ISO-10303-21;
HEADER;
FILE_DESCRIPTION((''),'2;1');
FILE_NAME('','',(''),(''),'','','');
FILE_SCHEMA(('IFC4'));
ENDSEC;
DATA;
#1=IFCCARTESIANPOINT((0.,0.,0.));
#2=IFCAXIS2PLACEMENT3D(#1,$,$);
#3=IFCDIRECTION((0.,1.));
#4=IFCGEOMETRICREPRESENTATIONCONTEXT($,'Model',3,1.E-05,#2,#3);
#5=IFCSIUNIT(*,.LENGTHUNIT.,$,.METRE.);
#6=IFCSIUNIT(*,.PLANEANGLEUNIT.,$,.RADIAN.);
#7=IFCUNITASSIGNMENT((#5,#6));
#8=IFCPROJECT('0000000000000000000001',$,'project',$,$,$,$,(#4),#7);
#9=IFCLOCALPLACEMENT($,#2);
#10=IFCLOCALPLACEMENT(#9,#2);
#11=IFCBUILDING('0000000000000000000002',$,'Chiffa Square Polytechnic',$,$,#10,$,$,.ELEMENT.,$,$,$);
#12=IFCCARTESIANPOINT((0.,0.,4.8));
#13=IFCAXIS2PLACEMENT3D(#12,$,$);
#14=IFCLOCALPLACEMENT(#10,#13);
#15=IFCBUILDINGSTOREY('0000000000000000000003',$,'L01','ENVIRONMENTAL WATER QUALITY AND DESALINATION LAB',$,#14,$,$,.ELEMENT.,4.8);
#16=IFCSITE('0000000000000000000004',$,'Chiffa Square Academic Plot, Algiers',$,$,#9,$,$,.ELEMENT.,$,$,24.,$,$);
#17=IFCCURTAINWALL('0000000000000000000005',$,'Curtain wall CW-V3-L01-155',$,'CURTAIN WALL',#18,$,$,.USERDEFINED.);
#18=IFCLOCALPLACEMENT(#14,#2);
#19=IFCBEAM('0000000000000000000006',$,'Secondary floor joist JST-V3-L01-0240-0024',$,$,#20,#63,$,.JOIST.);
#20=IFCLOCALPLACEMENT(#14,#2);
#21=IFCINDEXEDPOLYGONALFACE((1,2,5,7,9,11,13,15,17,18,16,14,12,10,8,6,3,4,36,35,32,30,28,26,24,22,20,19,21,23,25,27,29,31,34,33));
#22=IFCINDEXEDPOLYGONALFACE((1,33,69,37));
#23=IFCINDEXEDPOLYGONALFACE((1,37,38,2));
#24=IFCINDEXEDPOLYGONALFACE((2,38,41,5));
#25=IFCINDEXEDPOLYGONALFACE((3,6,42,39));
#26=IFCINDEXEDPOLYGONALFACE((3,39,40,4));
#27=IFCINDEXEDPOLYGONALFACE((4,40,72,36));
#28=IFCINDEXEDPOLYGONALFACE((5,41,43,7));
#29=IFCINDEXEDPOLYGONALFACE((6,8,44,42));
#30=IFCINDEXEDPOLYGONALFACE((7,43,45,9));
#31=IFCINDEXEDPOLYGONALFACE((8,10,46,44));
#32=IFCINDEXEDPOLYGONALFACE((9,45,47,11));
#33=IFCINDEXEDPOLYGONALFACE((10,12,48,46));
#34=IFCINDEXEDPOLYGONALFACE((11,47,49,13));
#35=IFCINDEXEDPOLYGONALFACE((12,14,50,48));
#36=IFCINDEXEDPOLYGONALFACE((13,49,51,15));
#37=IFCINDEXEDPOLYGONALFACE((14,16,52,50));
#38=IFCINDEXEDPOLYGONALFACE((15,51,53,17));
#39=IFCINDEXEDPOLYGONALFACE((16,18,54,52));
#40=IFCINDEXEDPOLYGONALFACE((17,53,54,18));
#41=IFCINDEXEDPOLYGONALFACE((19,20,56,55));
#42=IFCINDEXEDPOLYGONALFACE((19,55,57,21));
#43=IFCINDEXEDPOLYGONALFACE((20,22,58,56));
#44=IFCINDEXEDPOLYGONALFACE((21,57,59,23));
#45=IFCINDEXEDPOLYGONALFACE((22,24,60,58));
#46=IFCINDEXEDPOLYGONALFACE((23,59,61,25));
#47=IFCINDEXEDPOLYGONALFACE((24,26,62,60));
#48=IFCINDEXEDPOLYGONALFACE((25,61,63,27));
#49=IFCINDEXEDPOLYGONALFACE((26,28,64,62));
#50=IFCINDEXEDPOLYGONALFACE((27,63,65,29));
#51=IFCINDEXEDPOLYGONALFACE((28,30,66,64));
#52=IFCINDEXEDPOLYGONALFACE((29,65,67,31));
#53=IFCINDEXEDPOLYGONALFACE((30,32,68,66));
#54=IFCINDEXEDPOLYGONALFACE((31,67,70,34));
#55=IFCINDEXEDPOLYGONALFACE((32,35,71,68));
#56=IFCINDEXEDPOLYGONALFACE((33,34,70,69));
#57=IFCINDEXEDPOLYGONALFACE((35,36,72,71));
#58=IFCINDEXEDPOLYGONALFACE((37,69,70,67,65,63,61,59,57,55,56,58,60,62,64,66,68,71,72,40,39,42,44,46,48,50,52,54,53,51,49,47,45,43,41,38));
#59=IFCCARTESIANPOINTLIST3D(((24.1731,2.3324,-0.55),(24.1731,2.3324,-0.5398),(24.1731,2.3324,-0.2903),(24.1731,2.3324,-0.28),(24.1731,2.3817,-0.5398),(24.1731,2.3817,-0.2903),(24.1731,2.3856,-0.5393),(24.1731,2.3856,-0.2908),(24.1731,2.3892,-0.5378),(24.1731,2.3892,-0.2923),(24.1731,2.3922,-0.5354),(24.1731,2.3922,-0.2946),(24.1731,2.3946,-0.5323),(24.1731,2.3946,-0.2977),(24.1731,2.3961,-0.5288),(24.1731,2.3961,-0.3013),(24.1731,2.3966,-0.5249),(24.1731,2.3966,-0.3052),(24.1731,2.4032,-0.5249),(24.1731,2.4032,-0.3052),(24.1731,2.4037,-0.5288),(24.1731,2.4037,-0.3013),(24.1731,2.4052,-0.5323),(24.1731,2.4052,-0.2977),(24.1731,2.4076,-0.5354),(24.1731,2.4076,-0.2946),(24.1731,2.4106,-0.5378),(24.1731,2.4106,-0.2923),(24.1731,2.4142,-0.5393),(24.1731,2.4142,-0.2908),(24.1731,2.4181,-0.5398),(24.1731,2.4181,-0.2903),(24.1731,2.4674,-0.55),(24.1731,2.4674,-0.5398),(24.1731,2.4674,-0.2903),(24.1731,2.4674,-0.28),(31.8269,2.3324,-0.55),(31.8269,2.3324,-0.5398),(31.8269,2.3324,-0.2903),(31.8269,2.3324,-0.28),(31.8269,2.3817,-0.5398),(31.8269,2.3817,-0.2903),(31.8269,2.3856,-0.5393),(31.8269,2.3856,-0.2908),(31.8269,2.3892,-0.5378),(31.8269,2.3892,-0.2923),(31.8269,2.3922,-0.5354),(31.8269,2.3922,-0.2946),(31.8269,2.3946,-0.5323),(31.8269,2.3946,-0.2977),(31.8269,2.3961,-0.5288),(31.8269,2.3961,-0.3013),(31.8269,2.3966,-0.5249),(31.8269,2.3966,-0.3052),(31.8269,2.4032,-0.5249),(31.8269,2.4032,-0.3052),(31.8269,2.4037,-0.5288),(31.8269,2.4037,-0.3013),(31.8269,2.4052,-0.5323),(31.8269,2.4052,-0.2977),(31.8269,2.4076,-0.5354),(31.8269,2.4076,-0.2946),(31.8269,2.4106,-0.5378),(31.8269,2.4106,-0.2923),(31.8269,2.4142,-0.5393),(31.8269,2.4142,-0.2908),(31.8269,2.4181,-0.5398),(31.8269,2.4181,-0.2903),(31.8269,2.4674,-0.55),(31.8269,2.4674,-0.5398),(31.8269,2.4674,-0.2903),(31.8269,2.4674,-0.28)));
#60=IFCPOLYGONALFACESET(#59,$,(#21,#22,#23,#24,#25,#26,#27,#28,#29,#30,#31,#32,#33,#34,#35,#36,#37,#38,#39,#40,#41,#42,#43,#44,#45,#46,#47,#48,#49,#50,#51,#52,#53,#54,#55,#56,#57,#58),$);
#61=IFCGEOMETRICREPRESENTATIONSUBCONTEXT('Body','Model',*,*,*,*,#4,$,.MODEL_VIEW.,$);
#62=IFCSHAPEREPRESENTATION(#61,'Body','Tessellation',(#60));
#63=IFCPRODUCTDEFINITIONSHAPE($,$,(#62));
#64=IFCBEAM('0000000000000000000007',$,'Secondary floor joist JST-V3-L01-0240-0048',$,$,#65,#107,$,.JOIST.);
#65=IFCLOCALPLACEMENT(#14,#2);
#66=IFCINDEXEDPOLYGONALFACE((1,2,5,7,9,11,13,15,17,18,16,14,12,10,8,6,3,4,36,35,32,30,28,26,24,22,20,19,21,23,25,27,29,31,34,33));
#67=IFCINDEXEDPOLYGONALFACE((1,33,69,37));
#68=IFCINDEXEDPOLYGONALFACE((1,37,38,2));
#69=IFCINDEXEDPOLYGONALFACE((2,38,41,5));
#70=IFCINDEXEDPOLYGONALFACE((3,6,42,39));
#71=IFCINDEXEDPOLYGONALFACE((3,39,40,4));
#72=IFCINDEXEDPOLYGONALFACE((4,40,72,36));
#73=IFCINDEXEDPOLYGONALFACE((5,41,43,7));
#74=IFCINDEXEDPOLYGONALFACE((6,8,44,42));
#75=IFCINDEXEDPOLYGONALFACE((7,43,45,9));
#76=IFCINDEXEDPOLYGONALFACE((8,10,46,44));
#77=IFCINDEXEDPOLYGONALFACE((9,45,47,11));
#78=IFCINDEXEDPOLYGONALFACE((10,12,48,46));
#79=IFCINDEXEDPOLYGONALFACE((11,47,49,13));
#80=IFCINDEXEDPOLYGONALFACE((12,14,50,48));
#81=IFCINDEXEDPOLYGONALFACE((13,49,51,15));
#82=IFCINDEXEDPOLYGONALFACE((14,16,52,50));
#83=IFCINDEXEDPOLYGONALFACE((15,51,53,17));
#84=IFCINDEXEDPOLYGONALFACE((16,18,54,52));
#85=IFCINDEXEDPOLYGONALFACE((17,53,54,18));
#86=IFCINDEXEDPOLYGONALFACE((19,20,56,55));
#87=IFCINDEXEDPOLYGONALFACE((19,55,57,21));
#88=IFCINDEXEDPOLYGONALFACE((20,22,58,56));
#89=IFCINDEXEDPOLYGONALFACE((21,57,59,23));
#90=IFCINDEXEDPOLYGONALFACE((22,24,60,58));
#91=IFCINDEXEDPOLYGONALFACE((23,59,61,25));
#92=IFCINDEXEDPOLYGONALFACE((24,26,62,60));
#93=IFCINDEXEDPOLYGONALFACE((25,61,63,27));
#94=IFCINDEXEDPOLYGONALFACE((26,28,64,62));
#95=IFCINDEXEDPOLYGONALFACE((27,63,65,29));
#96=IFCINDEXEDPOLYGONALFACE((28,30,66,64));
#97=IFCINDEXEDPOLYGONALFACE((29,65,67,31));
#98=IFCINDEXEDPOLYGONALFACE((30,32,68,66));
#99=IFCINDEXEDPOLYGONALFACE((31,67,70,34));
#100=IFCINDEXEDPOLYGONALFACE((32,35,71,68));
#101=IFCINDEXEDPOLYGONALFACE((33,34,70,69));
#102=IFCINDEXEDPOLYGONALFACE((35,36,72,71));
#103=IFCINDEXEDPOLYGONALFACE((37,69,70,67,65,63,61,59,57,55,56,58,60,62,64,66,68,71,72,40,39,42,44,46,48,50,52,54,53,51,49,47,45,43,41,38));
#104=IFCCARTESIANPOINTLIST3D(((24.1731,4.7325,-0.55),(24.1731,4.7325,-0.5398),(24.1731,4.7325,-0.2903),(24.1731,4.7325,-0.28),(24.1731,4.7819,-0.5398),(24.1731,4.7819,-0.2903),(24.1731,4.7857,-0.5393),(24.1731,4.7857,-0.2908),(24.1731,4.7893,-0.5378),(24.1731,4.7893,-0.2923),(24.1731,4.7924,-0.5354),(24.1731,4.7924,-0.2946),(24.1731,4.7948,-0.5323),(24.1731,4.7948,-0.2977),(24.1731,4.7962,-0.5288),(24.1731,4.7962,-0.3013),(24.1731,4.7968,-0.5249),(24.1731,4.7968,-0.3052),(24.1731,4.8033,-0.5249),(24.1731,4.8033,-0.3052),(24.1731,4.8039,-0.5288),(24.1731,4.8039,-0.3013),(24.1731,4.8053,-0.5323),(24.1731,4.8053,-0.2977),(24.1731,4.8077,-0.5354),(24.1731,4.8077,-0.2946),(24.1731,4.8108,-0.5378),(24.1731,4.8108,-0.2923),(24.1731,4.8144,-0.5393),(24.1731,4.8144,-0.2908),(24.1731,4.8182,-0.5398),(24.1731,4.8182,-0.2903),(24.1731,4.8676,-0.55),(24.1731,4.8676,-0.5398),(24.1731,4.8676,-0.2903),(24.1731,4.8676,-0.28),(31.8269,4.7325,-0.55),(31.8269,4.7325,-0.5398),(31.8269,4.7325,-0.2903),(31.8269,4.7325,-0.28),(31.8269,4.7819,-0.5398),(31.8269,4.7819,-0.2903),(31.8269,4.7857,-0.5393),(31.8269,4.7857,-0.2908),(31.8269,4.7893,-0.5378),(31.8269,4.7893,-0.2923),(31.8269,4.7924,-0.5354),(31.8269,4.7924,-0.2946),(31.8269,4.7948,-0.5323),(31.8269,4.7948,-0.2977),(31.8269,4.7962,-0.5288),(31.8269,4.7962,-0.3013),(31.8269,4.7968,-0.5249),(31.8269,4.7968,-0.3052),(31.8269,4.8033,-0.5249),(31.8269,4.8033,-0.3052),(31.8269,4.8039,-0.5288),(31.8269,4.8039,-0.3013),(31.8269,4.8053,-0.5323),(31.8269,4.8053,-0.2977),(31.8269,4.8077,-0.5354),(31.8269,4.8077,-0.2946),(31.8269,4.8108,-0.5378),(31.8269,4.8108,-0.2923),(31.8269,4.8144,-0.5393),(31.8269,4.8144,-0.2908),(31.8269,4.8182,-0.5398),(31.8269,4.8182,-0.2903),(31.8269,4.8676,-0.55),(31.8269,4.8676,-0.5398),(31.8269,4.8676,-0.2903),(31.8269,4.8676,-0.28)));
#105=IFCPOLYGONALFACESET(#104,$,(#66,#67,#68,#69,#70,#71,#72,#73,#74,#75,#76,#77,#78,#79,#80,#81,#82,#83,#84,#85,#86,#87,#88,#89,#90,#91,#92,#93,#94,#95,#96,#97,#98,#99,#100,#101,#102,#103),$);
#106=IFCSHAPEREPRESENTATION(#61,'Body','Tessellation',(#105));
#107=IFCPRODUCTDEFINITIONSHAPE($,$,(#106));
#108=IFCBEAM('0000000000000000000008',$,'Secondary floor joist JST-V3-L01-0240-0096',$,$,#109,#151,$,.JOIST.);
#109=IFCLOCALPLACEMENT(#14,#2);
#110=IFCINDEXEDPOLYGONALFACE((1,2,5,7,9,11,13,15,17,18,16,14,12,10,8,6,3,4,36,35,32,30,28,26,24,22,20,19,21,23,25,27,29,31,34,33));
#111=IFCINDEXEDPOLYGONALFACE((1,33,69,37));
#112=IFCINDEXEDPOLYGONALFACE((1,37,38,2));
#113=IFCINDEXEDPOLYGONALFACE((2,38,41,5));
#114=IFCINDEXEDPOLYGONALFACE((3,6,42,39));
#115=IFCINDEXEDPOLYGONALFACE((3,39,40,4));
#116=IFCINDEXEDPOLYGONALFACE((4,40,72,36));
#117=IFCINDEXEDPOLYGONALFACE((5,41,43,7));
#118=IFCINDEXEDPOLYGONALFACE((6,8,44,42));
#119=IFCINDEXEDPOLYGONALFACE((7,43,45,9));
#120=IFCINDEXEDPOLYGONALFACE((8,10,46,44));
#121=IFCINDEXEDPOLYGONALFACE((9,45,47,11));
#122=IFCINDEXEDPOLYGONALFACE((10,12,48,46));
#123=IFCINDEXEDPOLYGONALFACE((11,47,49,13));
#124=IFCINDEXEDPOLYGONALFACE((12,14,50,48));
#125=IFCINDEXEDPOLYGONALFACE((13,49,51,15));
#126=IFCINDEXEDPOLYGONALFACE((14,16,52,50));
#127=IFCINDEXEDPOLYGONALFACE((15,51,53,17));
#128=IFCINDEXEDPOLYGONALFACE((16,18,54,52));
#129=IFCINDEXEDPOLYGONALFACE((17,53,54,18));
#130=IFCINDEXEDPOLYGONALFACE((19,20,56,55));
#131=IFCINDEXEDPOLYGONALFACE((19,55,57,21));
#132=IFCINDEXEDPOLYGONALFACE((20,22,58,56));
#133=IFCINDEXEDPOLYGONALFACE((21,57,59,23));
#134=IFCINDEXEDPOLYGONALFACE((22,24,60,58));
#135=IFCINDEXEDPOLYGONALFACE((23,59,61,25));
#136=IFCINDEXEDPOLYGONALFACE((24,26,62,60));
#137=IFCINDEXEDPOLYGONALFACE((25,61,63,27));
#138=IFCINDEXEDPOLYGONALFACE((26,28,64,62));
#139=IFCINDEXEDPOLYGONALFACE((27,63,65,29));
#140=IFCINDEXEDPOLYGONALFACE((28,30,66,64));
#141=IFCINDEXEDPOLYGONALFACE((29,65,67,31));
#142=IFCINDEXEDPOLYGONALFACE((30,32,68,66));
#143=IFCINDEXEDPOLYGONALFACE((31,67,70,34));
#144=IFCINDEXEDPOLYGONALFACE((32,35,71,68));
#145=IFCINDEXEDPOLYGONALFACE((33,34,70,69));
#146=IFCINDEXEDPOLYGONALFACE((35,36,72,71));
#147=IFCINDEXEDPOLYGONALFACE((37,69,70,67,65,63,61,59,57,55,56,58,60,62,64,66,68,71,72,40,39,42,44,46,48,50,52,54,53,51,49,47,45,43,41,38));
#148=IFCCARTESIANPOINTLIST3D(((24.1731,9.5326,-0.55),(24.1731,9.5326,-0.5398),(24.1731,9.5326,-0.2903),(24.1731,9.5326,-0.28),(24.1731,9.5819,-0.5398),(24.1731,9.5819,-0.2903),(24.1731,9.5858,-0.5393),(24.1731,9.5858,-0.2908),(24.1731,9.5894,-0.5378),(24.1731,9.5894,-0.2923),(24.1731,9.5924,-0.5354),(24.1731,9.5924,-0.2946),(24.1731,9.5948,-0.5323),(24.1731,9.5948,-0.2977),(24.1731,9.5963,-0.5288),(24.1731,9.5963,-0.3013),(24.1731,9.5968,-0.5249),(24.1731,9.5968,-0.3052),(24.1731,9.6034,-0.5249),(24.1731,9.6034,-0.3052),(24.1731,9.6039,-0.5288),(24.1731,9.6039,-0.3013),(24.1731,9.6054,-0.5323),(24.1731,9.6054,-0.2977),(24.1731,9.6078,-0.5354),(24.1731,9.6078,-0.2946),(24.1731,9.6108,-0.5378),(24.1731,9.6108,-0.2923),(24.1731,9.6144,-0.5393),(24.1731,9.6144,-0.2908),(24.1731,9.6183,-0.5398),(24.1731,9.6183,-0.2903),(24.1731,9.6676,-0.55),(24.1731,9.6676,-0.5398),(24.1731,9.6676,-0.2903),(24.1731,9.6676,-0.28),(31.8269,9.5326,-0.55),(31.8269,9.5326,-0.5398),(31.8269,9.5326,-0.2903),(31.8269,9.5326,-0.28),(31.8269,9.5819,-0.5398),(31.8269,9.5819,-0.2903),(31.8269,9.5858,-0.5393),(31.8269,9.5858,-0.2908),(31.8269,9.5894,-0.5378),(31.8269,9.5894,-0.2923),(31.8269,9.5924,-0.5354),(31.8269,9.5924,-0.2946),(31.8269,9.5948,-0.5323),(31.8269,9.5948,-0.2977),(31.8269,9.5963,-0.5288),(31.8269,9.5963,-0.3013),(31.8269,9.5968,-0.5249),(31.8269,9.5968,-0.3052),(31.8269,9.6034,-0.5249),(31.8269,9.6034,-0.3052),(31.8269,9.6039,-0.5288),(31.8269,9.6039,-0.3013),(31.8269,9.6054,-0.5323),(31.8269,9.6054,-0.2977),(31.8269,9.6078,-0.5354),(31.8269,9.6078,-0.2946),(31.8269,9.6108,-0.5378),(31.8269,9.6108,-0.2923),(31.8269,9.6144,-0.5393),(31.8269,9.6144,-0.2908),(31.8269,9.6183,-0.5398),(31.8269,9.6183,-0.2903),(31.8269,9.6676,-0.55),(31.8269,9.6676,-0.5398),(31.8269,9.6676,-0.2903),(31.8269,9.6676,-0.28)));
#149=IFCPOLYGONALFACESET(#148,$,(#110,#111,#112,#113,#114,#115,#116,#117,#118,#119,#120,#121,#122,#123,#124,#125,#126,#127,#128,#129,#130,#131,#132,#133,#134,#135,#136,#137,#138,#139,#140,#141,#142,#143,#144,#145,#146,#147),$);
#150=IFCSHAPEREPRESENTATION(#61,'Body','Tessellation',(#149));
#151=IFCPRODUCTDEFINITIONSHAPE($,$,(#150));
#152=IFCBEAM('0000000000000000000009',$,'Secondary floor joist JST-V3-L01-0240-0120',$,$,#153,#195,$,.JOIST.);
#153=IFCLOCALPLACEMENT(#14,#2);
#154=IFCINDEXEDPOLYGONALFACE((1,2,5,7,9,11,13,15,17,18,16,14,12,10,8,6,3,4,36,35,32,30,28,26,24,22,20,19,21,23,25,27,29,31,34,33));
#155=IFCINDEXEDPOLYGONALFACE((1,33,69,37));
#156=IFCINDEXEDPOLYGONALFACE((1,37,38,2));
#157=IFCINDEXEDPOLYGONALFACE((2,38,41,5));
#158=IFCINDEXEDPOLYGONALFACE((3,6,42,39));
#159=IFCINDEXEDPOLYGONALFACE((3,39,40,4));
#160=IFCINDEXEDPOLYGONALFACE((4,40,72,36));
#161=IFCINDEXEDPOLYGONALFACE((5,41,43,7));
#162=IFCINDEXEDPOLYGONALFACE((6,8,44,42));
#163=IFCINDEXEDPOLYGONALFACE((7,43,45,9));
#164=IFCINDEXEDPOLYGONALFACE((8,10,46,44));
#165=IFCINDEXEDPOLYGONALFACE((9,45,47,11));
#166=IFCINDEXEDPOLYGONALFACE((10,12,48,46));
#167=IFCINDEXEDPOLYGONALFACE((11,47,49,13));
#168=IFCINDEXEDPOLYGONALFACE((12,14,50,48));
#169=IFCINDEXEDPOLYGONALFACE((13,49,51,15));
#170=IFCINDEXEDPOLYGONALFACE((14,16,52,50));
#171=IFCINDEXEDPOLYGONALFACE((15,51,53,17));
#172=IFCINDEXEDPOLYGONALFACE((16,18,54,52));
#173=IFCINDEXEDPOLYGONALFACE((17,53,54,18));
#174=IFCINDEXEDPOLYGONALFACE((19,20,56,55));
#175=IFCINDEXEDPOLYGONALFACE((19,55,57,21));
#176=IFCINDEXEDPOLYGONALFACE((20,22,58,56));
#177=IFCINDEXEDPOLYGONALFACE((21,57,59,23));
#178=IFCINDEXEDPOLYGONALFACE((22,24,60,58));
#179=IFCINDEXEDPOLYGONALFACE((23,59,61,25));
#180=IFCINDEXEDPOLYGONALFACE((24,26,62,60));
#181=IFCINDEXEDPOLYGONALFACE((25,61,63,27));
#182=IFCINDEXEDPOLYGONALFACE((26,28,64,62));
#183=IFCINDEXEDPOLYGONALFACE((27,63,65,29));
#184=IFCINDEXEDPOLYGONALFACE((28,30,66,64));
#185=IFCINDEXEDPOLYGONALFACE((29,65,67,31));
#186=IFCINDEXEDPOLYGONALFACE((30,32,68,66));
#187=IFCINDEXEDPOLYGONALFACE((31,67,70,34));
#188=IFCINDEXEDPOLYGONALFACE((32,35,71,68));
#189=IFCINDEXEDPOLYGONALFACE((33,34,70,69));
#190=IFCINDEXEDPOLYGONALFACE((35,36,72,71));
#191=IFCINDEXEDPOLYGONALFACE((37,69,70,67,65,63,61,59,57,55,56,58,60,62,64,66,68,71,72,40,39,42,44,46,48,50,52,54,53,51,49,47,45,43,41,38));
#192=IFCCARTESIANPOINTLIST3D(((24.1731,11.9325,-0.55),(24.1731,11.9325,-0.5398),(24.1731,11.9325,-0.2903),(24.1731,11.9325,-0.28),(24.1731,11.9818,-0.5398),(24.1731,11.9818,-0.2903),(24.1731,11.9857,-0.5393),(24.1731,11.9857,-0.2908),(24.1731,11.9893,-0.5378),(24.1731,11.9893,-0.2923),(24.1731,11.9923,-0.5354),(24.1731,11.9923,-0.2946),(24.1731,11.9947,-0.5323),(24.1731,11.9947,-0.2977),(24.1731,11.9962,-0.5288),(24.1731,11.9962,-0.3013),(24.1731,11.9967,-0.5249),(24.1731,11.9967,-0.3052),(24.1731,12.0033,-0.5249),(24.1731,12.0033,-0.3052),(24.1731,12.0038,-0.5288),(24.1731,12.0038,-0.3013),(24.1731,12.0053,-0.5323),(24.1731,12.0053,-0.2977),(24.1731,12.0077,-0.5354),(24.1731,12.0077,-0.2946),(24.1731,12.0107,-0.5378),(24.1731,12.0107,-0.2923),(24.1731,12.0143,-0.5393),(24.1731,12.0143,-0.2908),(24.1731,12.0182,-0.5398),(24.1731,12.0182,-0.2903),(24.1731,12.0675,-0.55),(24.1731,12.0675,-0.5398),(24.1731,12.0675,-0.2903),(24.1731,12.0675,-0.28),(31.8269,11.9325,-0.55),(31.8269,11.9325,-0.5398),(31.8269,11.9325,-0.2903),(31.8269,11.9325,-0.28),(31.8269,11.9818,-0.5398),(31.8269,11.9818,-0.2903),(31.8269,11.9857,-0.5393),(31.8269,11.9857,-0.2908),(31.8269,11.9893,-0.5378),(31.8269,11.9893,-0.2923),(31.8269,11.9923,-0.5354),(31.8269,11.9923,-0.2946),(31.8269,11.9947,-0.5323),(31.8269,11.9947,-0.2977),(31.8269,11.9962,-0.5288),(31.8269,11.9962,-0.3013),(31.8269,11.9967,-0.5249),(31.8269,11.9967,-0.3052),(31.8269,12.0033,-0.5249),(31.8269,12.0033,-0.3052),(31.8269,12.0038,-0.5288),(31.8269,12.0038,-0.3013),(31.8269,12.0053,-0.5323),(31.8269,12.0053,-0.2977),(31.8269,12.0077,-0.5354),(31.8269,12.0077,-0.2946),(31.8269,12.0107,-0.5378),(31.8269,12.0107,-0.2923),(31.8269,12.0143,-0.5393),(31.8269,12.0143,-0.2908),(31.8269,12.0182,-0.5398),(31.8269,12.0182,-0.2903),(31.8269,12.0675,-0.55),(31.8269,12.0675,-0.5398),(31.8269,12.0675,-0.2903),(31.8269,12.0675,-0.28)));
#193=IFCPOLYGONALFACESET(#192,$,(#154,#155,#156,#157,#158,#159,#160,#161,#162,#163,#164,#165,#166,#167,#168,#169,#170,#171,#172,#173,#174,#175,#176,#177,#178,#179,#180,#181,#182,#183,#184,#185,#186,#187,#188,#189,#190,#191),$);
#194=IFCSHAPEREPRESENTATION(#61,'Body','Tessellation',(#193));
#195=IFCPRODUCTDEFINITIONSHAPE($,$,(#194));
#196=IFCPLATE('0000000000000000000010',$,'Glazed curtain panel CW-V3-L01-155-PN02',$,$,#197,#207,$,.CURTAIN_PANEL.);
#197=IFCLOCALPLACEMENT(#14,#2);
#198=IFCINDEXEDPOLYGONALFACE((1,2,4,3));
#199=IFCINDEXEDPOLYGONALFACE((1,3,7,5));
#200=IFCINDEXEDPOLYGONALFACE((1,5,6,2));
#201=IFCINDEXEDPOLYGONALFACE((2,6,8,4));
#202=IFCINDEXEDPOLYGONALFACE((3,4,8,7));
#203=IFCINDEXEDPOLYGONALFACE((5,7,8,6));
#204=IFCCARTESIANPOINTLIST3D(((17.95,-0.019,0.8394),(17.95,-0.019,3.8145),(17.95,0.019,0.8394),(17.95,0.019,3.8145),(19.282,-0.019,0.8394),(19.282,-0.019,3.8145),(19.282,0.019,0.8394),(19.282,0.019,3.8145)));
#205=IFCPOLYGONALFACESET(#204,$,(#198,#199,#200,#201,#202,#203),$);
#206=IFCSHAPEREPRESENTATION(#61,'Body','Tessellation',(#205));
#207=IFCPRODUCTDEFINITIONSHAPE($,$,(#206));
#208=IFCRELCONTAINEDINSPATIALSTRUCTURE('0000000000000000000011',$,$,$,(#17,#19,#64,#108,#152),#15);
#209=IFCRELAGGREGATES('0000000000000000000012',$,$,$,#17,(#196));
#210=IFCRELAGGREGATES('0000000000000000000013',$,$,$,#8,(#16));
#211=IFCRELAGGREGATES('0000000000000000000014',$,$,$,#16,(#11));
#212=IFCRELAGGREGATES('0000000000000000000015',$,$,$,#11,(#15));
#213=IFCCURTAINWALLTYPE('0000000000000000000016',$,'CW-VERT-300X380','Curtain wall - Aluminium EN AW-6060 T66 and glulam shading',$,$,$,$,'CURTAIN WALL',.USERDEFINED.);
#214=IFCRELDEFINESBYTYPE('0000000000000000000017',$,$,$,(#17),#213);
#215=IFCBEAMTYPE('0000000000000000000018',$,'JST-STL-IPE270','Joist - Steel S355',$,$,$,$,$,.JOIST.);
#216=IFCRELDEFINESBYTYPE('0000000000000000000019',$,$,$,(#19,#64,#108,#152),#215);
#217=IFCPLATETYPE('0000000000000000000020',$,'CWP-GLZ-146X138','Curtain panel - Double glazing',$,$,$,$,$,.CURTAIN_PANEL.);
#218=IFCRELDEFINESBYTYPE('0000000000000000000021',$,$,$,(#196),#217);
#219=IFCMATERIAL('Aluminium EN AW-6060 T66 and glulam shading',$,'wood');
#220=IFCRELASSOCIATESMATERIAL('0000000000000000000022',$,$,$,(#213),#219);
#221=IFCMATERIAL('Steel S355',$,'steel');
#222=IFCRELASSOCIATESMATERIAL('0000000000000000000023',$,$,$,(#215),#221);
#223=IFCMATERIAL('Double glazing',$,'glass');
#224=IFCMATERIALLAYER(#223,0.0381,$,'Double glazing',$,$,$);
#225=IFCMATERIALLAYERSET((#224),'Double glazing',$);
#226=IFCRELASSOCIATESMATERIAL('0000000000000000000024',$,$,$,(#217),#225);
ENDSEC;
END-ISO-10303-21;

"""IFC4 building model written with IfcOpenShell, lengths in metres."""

from ifc_helpers import new_model, si_unit, direction, frame, origin, origin_2d, place, context, subcontext, project, spatial, rectangle, i_section, extrude, material, layer, layer_set, material_profile, profile_set, type_object, element, aggregate, save


model = new_model("IFC4")

# Units and contexts
model_context = context("Model", 3, precision=1e-05, world=origin(), true_north=direction((0.0, 1.0)))
body_context = subcontext(model_context, "Body", "Model", "MODEL_VIEW")
ifc_project = project(units=[si_unit("LENGTHUNIT", "METRE"), si_unit("PLANEANGLEUNIT", "RADIAN")], contexts=[model_context])

# Site, building, storey
site_placement = place(None, origin())
site = spatial("IfcSite", under=ifc_project, at=site_placement, Name="Chiffa Square Academic Plot, Algiers", CompositionType="ELEMENT", RefElevation=24.0)
building_placement = place(site_placement, origin())
building = spatial("IfcBuilding", under=site, at=building_placement, Name="Chiffa Square Polytechnic", CompositionType="ELEMENT")
storey_placement = place(building_placement, frame((0.0, 0.0, 4.8)))
storey = spatial("IfcBuildingStorey", under=building, at=storey_placement, Name="L01", Description="ENVIRONMENTAL WATER QUALITY AND DESALINATION LAB", CompositionType="ELEMENT", Elevation=4.8)

# Curtain wall
ifc_material_1 = material(Name="Aluminium EN AW-6060 T66 and glulam shading", Category="wood")
curtain_wall_type = type_object("IfcCurtainWallType", Name="CW-VERT-300X380", Description="Curtain wall - Aluminium EN AW-6060 T66 and glulam shading", ElementType="CURTAIN WALL", PredefinedType="USERDEFINED", material=ifc_material_1)
curtain_wall_placement = place(storey_placement, origin())
curtain_wall = element("IfcCurtainWall", 1, at=curtain_wall_placement, inside=storey, type_object=curtain_wall_type, Name="Curtain wall CW-V3-L01-155", ObjectType="CURTAIN WALL", PredefinedType="USERDEFINED")

# Beams
ifc_material_2 = material(Name="Steel S355", Category="steel")
ifc_material_profile_1 = material_profile(ifc_material_2, i_section(OverallWidth=0.135, OverallDepth=0.27, WebThickness=0.0066, FlangeThickness=0.0103, FilletRadius=0.0149, at=origin_2d()), Name="IPE 270")
ifc_profile_set_1 = profile_set([ifc_material_profile_1], Name="Steel S355")
beam_type_1 = type_object("IfcBeamType", Name="JST-STL-IPE270", Description="Joist - Steel S355", PredefinedType="JOIST", material=ifc_profile_set_1)
for number, where, z_axis, x_axis, name in (
    (2, (24.1731, 2.3999, -0.415), (1.0, 0.0, 0.0), (0.0, 1.0, 0.0), "Secondary floor joist JST-V3-L01-0240-0024"),
    (3, (24.1731, 4.8, -0.415), (1.0, 0.0, 0.0), (0.0, 1.0, 0.0), "Secondary floor joist JST-V3-L01-0240-0048"),
    (4, (24.1731, 9.6001, -0.415), (1.0, 0.0, 0.0), (0.0, 1.0, 0.0), "Secondary floor joist JST-V3-L01-0240-0096"),
    (5, (24.1731, 12.0, -0.415), (1.0, 0.0, 0.0), (0.0, 1.0, 0.0), "Secondary floor joist JST-V3-L01-0240-0120"),
):
    element("IfcBeam", number, at=place(storey_placement, frame(where, z_axis=z_axis, x_axis=x_axis)), inside=storey, type_object=beam_type_1, Name=name, PredefinedType="JOIST", context=body_context, shape_type="SweptSolid", body=[
        extrude(i_section(OverallWidth=0.135, OverallDepth=0.27, WebThickness=0.0066, FlangeThickness=0.0103, FilletRadius=0.0149, at=origin_2d()), origin(), (0.0, 0.0, 1.0), 7.6538),
    ])

# Plate
ifc_material_3 = material(Name="Double glazing", Category="glass")
ifc_layer_1 = layer(ifc_material_3, 0.0381, Name="Double glazing")
ifc_layer_set_1 = layer_set([ifc_layer_1], Name="Double glazing")
plate_type_1 = type_object("IfcPlateType", Name="CWP-GLZ-146X138", Description="Curtain panel - Double glazing", PredefinedType="CURTAIN_PANEL", material=ifc_layer_set_1)
plate_1_placement = place(storey_placement, frame((18.616, 0.0, 0.8394), z_axis=(0.0, 0.0, 1.0), x_axis=(1.0, 0.0, 0.0)))
plate_1 = element("IfcPlate", 6, at=plate_1_placement, type_object=plate_type_1, Name="Glazed curtain panel CW-V3-L01-155-PN02", PredefinedType="CURTAIN_PANEL", context=body_context, shape_type="SweptSolid", body=[
    extrude(rectangle(XDim=1.332, YDim=0.0381, at=origin_2d()), origin(), (0.0, 0.0, 1.0), 2.9751),
])
aggregate(curtain_wall, [plate_1])

save(model, "model.ifc")
